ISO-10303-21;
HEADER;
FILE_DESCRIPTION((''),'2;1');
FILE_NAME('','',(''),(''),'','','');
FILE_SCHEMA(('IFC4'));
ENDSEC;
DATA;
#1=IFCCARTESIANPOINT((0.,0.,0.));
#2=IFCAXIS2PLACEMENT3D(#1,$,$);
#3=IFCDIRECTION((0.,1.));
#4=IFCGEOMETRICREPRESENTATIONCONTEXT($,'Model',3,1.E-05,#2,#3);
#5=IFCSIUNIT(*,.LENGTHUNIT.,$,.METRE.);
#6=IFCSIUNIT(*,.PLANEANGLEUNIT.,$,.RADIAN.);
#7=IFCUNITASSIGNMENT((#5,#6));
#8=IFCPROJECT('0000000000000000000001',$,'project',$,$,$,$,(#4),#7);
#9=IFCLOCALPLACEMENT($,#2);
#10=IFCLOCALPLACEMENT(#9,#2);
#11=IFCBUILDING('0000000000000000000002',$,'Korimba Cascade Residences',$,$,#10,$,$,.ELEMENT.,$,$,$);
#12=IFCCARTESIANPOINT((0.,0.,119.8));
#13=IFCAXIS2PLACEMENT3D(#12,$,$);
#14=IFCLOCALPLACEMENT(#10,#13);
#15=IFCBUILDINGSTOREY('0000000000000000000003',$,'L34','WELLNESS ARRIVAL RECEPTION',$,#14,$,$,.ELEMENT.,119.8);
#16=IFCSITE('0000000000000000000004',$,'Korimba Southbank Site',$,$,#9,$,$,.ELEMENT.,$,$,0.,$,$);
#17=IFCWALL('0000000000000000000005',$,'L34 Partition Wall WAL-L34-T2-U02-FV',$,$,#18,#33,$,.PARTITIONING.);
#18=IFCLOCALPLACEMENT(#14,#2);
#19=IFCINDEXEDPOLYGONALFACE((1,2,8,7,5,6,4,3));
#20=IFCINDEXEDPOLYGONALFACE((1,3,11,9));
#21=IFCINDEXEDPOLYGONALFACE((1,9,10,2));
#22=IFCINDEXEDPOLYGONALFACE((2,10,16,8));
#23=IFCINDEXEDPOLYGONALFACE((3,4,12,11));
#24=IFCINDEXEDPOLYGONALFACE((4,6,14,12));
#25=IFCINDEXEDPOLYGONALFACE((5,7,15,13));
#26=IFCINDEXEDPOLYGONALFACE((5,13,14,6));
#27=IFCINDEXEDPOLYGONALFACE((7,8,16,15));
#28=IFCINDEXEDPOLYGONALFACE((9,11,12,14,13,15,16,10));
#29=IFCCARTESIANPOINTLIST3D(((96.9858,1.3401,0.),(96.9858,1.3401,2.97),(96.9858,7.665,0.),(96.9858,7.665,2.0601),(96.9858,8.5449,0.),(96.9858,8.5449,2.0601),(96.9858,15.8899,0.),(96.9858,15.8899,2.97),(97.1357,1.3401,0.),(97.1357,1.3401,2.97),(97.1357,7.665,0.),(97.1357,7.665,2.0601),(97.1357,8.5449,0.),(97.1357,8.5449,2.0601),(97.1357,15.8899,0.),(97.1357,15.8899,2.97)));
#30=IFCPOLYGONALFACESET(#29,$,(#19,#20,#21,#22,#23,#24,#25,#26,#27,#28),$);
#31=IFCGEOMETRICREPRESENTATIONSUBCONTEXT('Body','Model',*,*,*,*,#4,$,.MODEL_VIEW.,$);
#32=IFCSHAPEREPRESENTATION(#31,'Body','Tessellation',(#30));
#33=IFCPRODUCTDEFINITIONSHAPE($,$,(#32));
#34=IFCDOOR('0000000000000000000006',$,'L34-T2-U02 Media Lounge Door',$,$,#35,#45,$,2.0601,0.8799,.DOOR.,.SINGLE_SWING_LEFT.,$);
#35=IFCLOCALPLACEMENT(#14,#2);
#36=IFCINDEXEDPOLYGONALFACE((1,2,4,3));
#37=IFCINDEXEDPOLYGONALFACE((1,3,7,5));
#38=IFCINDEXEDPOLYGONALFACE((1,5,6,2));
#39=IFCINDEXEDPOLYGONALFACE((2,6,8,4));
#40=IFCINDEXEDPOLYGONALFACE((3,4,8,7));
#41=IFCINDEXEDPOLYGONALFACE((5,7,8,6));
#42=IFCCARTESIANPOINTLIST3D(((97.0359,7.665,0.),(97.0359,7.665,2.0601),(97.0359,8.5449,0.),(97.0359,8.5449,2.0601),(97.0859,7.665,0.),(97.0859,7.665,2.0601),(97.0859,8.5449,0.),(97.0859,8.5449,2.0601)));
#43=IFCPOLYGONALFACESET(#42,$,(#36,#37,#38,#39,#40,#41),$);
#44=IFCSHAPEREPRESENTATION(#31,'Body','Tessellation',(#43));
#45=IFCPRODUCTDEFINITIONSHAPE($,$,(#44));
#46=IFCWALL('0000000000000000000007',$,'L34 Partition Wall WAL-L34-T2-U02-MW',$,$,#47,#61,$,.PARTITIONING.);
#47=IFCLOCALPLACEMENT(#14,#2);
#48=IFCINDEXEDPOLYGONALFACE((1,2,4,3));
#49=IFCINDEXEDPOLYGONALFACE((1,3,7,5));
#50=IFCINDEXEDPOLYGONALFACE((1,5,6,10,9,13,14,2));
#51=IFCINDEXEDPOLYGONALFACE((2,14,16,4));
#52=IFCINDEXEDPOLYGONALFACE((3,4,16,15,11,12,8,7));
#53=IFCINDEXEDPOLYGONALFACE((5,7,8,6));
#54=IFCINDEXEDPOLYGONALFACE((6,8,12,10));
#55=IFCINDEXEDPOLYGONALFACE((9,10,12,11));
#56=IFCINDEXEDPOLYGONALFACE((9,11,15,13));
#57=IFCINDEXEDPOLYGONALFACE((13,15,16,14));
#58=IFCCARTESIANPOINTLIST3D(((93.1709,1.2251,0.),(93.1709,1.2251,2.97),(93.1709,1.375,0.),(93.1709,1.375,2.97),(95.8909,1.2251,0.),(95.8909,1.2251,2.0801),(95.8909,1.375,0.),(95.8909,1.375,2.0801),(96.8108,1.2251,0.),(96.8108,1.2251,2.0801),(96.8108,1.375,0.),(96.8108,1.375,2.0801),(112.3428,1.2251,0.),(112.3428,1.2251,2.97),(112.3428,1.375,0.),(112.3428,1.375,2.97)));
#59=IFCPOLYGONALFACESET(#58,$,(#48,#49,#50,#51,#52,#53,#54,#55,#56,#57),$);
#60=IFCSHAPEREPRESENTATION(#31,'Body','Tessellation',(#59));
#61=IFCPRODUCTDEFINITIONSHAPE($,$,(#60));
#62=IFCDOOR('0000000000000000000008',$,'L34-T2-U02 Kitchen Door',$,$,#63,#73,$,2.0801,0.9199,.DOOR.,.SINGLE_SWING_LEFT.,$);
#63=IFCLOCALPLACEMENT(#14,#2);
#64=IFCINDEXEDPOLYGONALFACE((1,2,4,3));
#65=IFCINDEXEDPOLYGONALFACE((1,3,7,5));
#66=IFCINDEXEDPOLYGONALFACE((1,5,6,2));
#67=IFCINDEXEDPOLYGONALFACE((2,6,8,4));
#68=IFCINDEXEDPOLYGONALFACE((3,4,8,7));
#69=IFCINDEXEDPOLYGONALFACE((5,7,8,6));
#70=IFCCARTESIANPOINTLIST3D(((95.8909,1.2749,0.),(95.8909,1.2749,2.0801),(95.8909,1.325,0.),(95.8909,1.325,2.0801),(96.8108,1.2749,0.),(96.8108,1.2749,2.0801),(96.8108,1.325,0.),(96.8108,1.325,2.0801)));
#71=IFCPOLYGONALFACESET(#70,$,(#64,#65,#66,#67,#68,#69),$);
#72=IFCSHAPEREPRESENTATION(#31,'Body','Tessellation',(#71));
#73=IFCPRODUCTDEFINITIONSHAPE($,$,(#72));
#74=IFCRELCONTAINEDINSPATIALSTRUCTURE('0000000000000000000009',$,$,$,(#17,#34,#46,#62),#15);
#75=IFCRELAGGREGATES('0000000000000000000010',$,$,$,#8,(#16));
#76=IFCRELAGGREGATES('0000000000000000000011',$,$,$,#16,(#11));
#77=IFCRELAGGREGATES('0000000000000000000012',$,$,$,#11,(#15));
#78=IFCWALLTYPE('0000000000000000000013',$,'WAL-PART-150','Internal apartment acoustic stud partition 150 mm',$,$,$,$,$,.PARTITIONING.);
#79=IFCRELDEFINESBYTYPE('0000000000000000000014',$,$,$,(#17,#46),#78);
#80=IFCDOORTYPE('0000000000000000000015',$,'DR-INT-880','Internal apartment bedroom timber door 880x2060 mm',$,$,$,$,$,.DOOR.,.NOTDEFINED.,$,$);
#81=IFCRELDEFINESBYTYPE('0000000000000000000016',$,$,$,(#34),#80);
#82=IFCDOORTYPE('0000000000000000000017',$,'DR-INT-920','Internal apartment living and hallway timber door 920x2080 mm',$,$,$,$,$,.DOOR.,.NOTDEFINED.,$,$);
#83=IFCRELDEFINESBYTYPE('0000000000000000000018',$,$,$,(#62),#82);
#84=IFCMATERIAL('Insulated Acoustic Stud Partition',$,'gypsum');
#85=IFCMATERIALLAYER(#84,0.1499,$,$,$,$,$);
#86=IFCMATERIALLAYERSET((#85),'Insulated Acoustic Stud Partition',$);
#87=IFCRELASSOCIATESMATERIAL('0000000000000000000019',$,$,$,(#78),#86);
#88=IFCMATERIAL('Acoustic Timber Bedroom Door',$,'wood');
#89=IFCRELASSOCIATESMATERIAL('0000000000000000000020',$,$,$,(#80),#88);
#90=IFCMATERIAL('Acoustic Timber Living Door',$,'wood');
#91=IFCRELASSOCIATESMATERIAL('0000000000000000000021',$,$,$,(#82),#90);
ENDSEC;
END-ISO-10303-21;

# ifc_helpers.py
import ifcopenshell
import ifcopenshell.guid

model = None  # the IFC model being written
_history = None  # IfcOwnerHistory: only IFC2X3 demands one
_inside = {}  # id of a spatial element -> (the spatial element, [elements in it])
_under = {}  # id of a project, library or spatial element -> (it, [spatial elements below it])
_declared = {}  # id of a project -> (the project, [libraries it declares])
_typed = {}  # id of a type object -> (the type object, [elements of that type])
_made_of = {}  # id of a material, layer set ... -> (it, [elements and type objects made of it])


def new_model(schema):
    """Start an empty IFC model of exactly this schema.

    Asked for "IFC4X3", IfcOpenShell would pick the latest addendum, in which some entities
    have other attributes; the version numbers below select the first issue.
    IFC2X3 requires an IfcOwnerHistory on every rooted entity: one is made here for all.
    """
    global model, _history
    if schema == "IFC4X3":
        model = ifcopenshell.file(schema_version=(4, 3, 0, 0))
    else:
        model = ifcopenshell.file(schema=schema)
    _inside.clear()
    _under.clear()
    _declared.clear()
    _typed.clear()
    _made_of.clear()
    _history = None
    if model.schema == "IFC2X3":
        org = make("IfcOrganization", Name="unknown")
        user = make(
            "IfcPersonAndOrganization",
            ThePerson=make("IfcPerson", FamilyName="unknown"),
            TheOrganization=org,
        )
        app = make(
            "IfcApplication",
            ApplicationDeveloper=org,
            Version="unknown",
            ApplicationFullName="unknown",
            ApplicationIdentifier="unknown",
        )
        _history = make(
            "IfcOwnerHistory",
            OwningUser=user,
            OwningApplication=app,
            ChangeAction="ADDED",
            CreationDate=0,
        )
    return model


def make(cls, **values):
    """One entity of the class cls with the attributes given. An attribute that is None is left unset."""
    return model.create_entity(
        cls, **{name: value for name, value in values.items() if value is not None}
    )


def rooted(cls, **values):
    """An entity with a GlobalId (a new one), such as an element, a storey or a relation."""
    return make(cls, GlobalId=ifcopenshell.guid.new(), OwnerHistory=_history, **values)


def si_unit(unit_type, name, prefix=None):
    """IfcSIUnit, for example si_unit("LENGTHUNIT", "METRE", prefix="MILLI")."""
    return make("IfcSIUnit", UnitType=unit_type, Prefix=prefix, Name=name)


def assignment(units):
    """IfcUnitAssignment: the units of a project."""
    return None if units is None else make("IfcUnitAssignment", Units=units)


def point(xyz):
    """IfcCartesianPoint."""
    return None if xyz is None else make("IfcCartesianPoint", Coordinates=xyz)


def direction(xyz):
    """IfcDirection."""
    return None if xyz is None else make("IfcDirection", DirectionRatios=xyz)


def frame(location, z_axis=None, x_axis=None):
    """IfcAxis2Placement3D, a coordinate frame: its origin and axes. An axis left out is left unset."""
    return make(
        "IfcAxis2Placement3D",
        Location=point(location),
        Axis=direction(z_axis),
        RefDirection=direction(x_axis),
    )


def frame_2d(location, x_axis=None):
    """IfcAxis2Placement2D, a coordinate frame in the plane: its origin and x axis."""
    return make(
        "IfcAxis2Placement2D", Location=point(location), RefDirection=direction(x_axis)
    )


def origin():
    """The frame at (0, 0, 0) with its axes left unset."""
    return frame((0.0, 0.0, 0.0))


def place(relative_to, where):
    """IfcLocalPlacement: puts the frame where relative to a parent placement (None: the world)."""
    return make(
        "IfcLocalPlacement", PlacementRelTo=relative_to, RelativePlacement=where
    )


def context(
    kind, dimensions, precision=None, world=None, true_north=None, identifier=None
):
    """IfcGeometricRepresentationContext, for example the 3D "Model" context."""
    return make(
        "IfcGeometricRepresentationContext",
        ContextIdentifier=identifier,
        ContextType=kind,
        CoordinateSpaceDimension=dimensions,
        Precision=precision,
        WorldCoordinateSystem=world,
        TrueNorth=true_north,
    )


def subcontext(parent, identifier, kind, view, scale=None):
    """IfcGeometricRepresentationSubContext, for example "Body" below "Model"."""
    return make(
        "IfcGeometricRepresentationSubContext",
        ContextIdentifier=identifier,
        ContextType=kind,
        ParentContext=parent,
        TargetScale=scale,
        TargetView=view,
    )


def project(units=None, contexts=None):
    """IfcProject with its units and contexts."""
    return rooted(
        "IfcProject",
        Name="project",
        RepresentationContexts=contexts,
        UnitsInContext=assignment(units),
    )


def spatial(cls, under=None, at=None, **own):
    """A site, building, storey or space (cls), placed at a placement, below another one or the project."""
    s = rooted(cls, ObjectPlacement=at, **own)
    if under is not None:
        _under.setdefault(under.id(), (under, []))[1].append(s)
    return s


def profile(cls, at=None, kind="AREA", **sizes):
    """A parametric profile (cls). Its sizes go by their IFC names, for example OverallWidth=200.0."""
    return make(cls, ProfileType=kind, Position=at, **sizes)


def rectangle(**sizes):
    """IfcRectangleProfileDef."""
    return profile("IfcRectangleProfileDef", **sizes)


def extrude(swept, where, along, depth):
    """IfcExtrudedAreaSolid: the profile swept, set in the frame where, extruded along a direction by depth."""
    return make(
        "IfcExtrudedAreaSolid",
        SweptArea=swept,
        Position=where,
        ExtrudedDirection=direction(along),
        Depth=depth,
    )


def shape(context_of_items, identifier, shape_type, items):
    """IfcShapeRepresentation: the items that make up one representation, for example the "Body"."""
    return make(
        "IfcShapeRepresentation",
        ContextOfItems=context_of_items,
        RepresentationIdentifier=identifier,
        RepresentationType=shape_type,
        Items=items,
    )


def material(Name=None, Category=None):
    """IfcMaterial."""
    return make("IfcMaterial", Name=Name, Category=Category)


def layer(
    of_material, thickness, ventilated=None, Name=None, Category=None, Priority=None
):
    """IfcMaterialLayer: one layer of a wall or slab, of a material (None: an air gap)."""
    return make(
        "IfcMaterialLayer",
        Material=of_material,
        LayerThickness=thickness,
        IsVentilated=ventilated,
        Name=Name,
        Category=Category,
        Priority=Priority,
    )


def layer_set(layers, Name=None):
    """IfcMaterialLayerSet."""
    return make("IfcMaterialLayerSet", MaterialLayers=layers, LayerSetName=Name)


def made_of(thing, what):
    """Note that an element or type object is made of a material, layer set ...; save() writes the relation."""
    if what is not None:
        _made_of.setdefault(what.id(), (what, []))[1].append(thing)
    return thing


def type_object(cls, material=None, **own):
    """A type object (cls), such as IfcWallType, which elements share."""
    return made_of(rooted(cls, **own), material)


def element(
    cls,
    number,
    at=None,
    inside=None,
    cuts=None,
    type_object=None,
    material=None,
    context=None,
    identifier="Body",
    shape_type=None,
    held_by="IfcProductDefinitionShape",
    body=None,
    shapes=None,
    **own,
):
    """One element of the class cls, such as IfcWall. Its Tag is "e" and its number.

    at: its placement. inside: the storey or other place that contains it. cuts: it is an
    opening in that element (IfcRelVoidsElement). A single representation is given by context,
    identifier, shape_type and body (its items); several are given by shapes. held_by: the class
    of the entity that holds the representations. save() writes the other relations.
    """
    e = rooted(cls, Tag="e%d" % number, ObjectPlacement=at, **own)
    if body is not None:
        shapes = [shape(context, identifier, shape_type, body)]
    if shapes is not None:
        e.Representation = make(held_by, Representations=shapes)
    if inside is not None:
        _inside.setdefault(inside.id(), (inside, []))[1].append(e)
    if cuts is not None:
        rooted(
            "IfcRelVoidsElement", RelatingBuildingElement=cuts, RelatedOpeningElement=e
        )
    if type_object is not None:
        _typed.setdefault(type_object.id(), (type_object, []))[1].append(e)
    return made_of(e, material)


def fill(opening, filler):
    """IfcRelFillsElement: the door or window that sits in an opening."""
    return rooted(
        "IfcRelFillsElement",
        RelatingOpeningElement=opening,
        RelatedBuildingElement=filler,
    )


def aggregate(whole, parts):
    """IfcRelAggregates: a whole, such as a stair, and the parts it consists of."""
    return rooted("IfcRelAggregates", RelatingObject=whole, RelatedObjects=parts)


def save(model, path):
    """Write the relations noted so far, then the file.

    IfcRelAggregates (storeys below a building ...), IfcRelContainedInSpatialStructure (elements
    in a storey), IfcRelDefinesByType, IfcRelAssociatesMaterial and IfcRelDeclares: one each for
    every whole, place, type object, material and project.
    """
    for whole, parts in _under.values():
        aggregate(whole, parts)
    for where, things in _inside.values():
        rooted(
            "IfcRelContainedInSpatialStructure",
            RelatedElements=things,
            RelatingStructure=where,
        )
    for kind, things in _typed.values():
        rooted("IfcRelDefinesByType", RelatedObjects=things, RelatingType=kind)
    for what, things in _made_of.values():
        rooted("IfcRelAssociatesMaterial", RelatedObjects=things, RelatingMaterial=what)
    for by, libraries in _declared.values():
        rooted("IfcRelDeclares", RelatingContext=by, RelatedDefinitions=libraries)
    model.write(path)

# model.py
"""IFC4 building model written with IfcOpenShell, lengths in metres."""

from ifc_helpers import new_model, si_unit, direction, frame, frame_2d, origin, place, context, subcontext, project, spatial, rectangle, extrude, material, layer, layer_set, type_object, element, fill, save


model = new_model("IFC4")

# Units and contexts
model_context = context("Model", 3, precision=1e-05, world=origin(), true_north=direction((0.0, 1.0)))
body_context = subcontext(model_context, "Body", "Model", "MODEL_VIEW")
ifc_project = project(units=[si_unit("LENGTHUNIT", "METRE"), si_unit("PLANEANGLEUNIT", "RADIAN")], contexts=[model_context])

# Site, building, storey
site_placement = place(None, origin())
site = spatial("IfcSite", under=ifc_project, at=site_placement, Name="Korimba Southbank Site", CompositionType="ELEMENT", RefElevation=0.0)
building_placement = place(site_placement, origin())
building = spatial("IfcBuilding", under=site, at=building_placement, Name="Korimba Cascade Residences", CompositionType="ELEMENT")
storey_placement = place(building_placement, frame((0.0, 0.0, 119.8)))
storey = spatial("IfcBuildingStorey", under=building, at=storey_placement, Name="L34", Description="WELLNESS ARRIVAL RECEPTION", CompositionType="ELEMENT", Elevation=119.8)

# Shared definitions
ifc_material_1 = material(Name="Insulated Acoustic Stud Partition", Category="gypsum")
ifc_layer_1 = layer(ifc_material_1, 0.1499)
ifc_layer_set_1 = layer_set([ifc_layer_1], Name="Insulated Acoustic Stud Partition")
wall_type_1 = type_object("IfcWallType", Name="WAL-PART-150", Description="Internal apartment acoustic stud partition 150 mm", PredefinedType="PARTITIONING", material=ifc_layer_set_1)

# Walls, openings, doors
ifc_material_2 = material(Name="Acoustic Timber Bedroom Door", Category="wood")
door_type_1 = type_object("IfcDoorType", Name="DR-INT-880", Description="Internal apartment bedroom timber door 880x2060 mm", OperationType="NOTDEFINED", PredefinedType="DOOR", material=ifc_material_2)
wall_1_placement = place(storey_placement, frame((97.0608, 1.3401, 0.0), z_axis=(0.0, 0.0, 1.0), x_axis=(0.0, 1.0, 0.0)))
wall_1 = element("IfcWall", 1, at=wall_1_placement, inside=storey, type_object=wall_type_1, Name="L34 Partition Wall WAL-L34-T2-U02-FV", PredefinedType="PARTITIONING", context=body_context, shape_type="SweptSolid", body=[
    extrude(rectangle(XDim=14.5498, YDim=0.1499, at=frame_2d((7.2749, 0.0))), origin(), (0.0, 0.0, 1.0), 2.97),
])
opening_1_placement = place(wall_1_placement, frame((6.325, 0.0, 0.0)))
opening_1 = element("IfcOpeningElement", 2, at=opening_1_placement, cuts=wall_1, PredefinedType="OPENING", context=body_context, shape_type="SweptSolid", body=[
    extrude(rectangle(XDim=0.8799, YDim=2.0601, at=frame_2d((0.4399, 1.03))), frame((0.0, 0.085, 0.0), z_axis=(0.0, -1.0, 0.0), x_axis=(1.0, 0.0, 0.0)), (0.0, 0.0, 1.0), 0.1699),
])
door_1_placement = place(opening_1_placement, origin())
door_1 = element("IfcDoor", 3, at=door_1_placement, inside=storey, type_object=door_type_1, Name="L34-T2-U02 Media Lounge Door", OperationType="SINGLE_SWING_LEFT", OverallHeight=2.0601, OverallWidth=0.8799, PredefinedType="DOOR", context=body_context, shape_type="SweptSolid", body=[
    extrude(rectangle(XDim=0.8799, YDim=2.0601, at=frame_2d((0.4399, 1.03))), frame((0.0, 0.0249, 0.0), z_axis=(0.0, -1.0, 0.0), x_axis=(1.0, 0.0, 0.0)), (0.0, 0.0, 1.0), 0.05),
])
fill(opening_1, door_1)
wall_2_placement = place(storey_placement, frame((93.1709, 1.3, 0.0), z_axis=(0.0, 0.0, 1.0), x_axis=(1.0, 0.0, 0.0)))
wall_2 = element("IfcWall", 4, at=wall_2_placement, inside=storey, type_object=wall_type_1, Name="L34 Partition Wall WAL-L34-T2-U02-MW", PredefinedType="PARTITIONING", context=body_context, shape_type="SweptSolid", body=[
    extrude(rectangle(XDim=19.1719, YDim=0.1499, at=frame_2d((9.5859, 0.0))), origin(), (0.0, 0.0, 1.0), 2.97),
])
opening_2_placement = place(wall_2_placement, frame((2.72, 0.0, 0.0)))
opening_2 = element("IfcOpeningElement", 5, at=opening_2_placement, cuts=wall_2, PredefinedType="OPENING", context=body_context, shape_type="SweptSolid", body=[
    extrude(rectangle(XDim=0.9199, YDim=2.0801, at=frame_2d((0.46, 1.04))), frame((0.0, 0.085, 0.0), z_axis=(0.0, -1.0, 0.0), x_axis=(1.0, 0.0, 0.0)), (0.0, 0.0, 1.0), 0.1699),
])
ifc_material_3 = material(Name="Acoustic Timber Living Door", Category="wood")
door_type_2 = type_object("IfcDoorType", Name="DR-INT-920", Description="Internal apartment living and hallway timber door 920x2080 mm", OperationType="NOTDEFINED", PredefinedType="DOOR", material=ifc_material_3)
door_2_placement = place(opening_2_placement, origin())
door_2 = element("IfcDoor", 6, at=door_2_placement, inside=storey, type_object=door_type_2, Name="L34-T2-U02 Kitchen Door", OperationType="SINGLE_SWING_LEFT", OverallHeight=2.0801, OverallWidth=0.9199, PredefinedType="DOOR", context=body_context, shape_type="SweptSolid", body=[
    extrude(rectangle(XDim=0.9199, YDim=2.0801, at=frame_2d((0.46, 1.04))), frame((0.0, 0.0249, 0.0), z_axis=(0.0, -1.0, 0.0), x_axis=(1.0, 0.0, 0.0)), (0.0, 0.0, 1.0), 0.05),
])
fill(opening_2, door_2)

save(model, "model.ifc")
